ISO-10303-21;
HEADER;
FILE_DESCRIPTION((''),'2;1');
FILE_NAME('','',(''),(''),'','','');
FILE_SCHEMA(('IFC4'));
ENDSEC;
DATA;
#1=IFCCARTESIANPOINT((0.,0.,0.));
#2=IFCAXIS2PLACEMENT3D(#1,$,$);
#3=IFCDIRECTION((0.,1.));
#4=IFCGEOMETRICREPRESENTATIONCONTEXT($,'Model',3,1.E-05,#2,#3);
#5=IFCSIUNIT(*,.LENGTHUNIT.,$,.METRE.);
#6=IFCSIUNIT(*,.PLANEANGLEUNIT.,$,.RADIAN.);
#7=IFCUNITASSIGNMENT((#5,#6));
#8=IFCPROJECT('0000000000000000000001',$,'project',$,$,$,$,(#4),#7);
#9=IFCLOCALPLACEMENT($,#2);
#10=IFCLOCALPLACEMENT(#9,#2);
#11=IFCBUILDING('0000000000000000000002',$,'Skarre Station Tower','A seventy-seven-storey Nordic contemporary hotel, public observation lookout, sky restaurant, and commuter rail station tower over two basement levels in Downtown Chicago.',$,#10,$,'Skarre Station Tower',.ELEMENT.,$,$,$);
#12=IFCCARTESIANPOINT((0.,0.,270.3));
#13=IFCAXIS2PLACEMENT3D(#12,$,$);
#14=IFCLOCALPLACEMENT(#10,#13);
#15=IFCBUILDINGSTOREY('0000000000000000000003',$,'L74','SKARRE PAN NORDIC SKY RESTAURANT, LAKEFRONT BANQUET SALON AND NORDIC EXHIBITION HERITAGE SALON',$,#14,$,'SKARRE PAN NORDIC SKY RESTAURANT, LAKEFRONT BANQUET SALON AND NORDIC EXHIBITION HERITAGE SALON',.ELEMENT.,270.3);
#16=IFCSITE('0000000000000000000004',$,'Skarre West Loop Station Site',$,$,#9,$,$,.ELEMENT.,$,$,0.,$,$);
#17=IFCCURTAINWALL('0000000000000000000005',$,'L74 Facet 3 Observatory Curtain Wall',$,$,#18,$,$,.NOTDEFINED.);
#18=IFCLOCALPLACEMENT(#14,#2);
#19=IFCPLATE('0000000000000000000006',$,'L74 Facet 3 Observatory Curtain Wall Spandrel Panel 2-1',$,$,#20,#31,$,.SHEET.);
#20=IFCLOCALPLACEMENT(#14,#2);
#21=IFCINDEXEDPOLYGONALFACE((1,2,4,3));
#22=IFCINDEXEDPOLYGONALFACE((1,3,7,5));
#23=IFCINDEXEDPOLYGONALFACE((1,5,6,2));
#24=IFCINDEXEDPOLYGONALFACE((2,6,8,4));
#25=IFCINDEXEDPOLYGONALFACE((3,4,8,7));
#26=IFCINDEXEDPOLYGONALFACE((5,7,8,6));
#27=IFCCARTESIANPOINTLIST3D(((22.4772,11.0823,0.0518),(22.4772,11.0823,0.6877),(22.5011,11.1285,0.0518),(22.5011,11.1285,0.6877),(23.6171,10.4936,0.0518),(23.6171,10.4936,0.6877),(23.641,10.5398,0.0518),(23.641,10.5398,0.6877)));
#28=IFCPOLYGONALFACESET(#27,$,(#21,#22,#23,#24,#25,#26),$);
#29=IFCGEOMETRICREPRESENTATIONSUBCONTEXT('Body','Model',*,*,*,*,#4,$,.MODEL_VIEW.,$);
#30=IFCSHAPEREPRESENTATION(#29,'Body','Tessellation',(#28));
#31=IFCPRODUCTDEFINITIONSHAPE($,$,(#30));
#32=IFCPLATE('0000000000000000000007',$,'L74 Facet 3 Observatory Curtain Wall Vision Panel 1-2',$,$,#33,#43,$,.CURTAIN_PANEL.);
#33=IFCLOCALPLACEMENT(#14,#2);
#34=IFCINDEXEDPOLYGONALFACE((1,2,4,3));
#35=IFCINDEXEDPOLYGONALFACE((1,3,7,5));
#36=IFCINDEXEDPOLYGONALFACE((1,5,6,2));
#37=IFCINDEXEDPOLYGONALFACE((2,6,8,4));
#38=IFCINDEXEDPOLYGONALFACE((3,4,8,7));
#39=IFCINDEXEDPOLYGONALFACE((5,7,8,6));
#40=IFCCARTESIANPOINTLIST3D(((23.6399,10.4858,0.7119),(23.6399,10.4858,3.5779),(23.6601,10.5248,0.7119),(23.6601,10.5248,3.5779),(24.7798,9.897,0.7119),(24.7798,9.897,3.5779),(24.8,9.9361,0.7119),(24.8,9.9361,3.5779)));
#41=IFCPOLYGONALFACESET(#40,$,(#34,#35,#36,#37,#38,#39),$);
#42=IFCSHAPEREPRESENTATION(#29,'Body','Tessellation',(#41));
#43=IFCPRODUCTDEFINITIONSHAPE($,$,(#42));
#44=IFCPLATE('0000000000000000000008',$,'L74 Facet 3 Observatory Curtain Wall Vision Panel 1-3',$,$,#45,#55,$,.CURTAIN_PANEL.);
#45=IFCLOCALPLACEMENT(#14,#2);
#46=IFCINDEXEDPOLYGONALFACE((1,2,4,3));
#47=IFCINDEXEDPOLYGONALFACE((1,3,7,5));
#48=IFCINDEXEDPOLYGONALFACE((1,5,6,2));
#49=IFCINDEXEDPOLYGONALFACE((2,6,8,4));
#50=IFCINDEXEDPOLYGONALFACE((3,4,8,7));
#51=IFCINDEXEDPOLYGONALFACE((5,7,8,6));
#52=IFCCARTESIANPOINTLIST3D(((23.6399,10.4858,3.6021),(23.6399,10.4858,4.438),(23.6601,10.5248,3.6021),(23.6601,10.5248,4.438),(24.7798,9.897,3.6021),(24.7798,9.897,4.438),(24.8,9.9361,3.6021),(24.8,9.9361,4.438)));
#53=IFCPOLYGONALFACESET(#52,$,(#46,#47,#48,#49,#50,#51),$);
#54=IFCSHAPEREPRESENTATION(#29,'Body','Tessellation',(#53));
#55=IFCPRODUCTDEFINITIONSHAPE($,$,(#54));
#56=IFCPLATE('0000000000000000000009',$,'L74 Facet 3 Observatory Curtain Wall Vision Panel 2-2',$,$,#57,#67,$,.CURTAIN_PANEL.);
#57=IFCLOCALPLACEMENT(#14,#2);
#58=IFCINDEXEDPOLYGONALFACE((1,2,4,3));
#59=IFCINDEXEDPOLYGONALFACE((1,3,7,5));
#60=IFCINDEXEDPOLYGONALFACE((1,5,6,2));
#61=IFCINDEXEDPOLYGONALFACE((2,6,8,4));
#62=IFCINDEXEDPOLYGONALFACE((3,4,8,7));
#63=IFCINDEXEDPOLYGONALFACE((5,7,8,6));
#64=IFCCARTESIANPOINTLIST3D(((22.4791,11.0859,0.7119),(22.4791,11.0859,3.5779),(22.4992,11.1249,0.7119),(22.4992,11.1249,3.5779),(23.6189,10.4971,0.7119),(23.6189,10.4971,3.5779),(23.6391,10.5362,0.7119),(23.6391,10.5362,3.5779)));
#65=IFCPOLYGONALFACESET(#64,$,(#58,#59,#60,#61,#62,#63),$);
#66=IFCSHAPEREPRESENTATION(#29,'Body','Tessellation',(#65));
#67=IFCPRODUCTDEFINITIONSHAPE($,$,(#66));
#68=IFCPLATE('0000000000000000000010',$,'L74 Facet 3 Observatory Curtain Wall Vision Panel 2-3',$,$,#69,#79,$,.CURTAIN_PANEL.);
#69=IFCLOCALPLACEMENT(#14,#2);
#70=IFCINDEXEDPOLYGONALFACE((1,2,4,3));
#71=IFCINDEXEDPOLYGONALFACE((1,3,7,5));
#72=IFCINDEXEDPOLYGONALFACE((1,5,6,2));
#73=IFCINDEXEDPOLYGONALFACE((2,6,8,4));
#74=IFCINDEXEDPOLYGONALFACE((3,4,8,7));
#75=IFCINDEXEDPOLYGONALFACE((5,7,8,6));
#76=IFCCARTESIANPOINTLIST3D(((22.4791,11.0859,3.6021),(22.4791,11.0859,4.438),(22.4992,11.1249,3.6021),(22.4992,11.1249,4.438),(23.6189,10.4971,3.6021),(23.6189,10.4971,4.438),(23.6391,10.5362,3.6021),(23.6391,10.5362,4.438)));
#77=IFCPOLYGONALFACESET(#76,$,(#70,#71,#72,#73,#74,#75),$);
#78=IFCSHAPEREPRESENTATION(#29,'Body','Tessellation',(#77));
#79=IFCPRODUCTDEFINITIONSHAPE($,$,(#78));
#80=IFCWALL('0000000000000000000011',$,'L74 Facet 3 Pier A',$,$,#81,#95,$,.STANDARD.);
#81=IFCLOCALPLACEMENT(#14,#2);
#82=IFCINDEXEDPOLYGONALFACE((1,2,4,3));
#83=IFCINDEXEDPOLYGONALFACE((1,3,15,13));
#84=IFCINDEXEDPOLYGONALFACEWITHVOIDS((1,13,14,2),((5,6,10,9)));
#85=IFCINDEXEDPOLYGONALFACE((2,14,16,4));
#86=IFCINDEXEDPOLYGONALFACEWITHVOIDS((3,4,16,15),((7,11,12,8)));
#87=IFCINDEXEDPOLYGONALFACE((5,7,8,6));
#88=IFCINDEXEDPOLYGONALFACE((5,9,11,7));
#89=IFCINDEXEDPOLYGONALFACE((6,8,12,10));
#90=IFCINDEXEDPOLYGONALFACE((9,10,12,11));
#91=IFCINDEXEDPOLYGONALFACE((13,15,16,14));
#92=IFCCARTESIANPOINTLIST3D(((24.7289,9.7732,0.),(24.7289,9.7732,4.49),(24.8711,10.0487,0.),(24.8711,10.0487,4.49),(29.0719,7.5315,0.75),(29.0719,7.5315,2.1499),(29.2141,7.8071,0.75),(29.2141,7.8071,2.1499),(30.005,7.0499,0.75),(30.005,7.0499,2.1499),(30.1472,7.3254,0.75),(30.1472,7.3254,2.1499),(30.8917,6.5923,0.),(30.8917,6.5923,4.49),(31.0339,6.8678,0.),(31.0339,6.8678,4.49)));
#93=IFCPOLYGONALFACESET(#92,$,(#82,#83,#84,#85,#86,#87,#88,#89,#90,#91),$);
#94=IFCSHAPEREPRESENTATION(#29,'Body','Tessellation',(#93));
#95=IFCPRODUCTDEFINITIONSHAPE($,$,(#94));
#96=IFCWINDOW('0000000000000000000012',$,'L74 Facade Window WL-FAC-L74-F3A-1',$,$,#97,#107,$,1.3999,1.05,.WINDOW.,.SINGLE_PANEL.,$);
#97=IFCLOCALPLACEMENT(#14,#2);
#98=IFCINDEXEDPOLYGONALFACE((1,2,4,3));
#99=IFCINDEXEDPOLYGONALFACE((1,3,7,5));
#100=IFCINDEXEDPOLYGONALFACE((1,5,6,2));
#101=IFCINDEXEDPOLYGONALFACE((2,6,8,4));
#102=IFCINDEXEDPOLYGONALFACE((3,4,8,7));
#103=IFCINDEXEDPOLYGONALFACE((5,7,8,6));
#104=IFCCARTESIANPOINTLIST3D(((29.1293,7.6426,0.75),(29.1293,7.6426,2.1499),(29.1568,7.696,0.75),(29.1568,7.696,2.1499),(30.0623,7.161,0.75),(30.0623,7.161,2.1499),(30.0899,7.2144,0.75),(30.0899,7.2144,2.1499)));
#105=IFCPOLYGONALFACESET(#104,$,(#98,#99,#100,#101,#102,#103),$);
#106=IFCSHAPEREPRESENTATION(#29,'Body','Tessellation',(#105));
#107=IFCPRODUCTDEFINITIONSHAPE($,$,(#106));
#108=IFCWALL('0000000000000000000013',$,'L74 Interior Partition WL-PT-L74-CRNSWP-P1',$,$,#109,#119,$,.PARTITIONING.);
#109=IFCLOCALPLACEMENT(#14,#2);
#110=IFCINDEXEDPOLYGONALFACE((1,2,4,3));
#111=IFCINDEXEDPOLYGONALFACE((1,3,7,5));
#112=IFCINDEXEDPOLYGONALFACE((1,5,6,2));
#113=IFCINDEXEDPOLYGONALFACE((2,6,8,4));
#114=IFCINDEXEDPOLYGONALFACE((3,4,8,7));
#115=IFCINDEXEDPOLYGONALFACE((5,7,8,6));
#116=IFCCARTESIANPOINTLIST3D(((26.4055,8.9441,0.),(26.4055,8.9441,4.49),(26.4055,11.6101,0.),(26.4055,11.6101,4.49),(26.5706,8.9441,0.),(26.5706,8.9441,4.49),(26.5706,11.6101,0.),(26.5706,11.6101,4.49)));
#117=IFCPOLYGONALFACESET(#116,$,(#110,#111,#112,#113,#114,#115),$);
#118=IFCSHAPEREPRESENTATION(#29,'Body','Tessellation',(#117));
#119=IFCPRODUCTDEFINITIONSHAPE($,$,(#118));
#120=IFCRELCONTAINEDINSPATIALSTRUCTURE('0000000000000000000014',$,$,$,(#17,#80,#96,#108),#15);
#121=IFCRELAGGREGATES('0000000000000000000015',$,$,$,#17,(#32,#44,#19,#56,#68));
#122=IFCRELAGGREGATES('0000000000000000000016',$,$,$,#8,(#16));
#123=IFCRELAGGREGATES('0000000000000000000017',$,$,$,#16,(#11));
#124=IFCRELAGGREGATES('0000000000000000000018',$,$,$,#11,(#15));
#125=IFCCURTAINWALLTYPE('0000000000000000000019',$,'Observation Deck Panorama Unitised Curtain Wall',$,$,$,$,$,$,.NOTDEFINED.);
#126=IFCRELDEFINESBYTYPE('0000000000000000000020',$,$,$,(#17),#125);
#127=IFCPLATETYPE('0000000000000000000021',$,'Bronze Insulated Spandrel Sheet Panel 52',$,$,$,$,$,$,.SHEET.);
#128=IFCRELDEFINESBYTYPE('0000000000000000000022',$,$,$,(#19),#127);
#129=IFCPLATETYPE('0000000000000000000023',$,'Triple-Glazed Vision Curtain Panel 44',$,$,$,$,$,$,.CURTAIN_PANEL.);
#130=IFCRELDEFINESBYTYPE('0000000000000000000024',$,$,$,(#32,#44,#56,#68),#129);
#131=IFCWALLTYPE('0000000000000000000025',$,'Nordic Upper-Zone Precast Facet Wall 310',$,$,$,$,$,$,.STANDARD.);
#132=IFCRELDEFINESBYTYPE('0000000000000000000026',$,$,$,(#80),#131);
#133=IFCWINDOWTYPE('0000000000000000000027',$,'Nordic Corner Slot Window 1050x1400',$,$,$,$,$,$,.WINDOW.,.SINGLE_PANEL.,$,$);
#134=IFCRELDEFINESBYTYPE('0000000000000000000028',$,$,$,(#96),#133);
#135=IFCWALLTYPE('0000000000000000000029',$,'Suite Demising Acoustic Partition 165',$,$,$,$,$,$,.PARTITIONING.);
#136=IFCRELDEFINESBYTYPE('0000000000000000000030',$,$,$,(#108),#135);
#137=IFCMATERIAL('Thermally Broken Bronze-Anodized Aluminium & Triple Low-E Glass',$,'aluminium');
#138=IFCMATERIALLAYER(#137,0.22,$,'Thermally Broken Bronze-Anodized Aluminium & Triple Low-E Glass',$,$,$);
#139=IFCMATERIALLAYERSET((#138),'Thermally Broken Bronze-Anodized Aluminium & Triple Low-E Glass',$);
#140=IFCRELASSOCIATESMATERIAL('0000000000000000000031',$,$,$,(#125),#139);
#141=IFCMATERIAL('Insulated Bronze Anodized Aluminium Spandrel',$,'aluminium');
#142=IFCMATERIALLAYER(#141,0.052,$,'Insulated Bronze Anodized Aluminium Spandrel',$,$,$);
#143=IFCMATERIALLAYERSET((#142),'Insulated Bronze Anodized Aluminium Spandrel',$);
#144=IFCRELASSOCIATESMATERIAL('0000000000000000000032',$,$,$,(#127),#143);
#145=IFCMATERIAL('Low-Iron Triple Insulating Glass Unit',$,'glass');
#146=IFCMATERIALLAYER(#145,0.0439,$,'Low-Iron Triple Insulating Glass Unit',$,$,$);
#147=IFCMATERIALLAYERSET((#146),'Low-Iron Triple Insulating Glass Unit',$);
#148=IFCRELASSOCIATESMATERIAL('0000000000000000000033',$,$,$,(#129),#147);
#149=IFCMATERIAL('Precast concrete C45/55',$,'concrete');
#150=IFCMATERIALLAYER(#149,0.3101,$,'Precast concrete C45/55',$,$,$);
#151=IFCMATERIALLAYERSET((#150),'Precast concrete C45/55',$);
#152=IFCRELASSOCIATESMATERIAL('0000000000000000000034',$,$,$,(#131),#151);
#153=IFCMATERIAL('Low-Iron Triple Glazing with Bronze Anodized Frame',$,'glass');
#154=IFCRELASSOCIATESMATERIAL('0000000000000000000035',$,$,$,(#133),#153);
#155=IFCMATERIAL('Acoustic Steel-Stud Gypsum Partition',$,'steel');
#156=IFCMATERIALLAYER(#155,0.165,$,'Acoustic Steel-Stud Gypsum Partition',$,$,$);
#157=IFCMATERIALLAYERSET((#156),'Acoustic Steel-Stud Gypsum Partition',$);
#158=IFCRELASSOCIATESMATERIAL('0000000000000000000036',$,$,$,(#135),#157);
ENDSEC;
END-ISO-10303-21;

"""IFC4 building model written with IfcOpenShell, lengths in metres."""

from ifc_helpers import new_model, si_unit, direction, frame, frame_2d, origin, origin_2d, place, context, subcontext, project, spatial, rectangle, extrude, material, layer, layer_set, type_object, element, fill, aggregate, save


model = new_model("IFC4")

# Units and contexts
model_context = context("Model", 3, precision=1e-05, world=origin(), true_north=direction((0.0, 1.0)))
body_context = subcontext(model_context, "Body", "Model", "MODEL_VIEW")
ifc_project = project(units=[si_unit("LENGTHUNIT", "METRE"), si_unit("PLANEANGLEUNIT", "RADIAN")], contexts=[model_context])

# Site, building, storey
site_placement = place(None, origin())
site = spatial("IfcSite", under=ifc_project, at=site_placement, Name="Skarre West Loop Station Site", CompositionType="ELEMENT", RefElevation=0.0)
building_placement = place(site_placement, origin())
building = spatial("IfcBuilding", under=site, at=building_placement, Name="Skarre Station Tower", Description="A seventy-seven-storey Nordic contemporary hotel, public observation lookout, sky restaurant, and commuter rail station tower over two basement levels in Downtown Chicago.", LongName="Skarre Station Tower", CompositionType="ELEMENT")
storey_placement = place(building_placement, frame((0.0, 0.0, 270.3)))
storey = spatial("IfcBuildingStorey", under=building, at=storey_placement, Name="L74", Description="SKARRE PAN NORDIC SKY RESTAURANT, LAKEFRONT BANQUET SALON AND NORDIC EXHIBITION HERITAGE SALON", LongName="SKARRE PAN NORDIC SKY RESTAURANT, LAKEFRONT BANQUET SALON AND NORDIC EXHIBITION HERITAGE SALON", CompositionType="ELEMENT", Elevation=270.3)

# Curtain wall
ifc_material_1 = material(Name="Thermally Broken Bronze-Anodized Aluminium & Triple Low-E Glass", Category="aluminium")
ifc_layer_1 = layer(ifc_material_1, 0.22, Name="Thermally Broken Bronze-Anodized Aluminium & Triple Low-E Glass")
ifc_layer_set_1 = layer_set([ifc_layer_1], Name="Thermally Broken Bronze-Anodized Aluminium & Triple Low-E Glass")
curtain_wall_type = type_object("IfcCurtainWallType", Name="Observation Deck Panorama Unitised Curtain Wall", PredefinedType="NOTDEFINED", material=ifc_layer_set_1)
curtain_wall_placement = place(storey_placement, origin())
curtain_wall = element("IfcCurtainWall", 1, at=curtain_wall_placement, inside=storey, type_object=curtain_wall_type, Name="L74 Facet 3 Observatory Curtain Wall", PredefinedType="NOTDEFINED")

# Plates
ifc_material_2 = material(Name="Insulated Bronze Anodized Aluminium Spandrel", Category="aluminium")
ifc_layer_2 = layer(ifc_material_2, 0.052, Name="Insulated Bronze Anodized Aluminium Spandrel")
ifc_layer_set_2 = layer_set([ifc_layer_2], Name="Insulated Bronze Anodized Aluminium Spandrel")
plate_type_1 = type_object("IfcPlateType", Name="Bronze Insulated Spandrel Sheet Panel 52", PredefinedType="SHEET", material=ifc_layer_set_2)
plate_1_placement = place(storey_placement, frame((23.0591, 10.811, 0.0518), z_axis=(0.0, 0.0, 1.0), x_axis=(-0.888481, 0.458913, 0.0)))
plate_1 = element("IfcPlate", 2, at=plate_1_placement, type_object=plate_type_1, Name="L74 Facet 3 Observatory Curtain Wall Spandrel Panel 2-1", PredefinedType="SHEET", context=body_context, shape_type="SweptSolid", body=[
    extrude(rectangle(XDim=1.283, YDim=0.052, at=origin_2d()), origin(), (0.0, 0.0, 1.0), 0.636),
])
ifc_material_3 = material(Name="Low-Iron Triple Insulating Glass Unit", Category="glass")
ifc_layer_3 = layer(ifc_material_3, 0.0439, Name="Low-Iron Triple Insulating Glass Unit")
ifc_layer_set_3 = layer_set([ifc_layer_3], Name="Low-Iron Triple Insulating Glass Unit")
plate_type_2 = type_object("IfcPlateType", Name="Triple-Glazed Vision Curtain Panel 44", PredefinedType="CURTAIN_PANEL", material=ifc_layer_set_3)
plate_2_placement = place(storey_placement, frame((24.22, 10.2109, 0.7119), z_axis=(0.0, 0.0, 1.0), x_axis=(-0.888481, 0.458913, 0.0)))
plate_2 = element("IfcPlate", 3, at=plate_2_placement, type_object=plate_type_2, Name="L74 Facet 3 Observatory Curtain Wall Vision Panel 1-2", PredefinedType="CURTAIN_PANEL", context=body_context, shape_type="SweptSolid", body=[
    extrude(rectangle(XDim=1.283, YDim=0.0439, at=origin_2d()), origin(), (0.0, 0.0, 1.0), 2.866),
])
plate_3_placement = place(storey_placement, frame((24.22, 10.2109, 3.6021), z_axis=(0.0, 0.0, 1.0), x_axis=(-0.888481, 0.458913, 0.0)))
plate_3 = element("IfcPlate", 4, at=plate_3_placement, type_object=plate_type_2, Name="L74 Facet 3 Observatory Curtain Wall Vision Panel 1-3", PredefinedType="CURTAIN_PANEL", context=body_context, shape_type="SweptSolid", body=[
    extrude(rectangle(XDim=1.283, YDim=0.0439, at=origin_2d()), origin(), (0.0, 0.0, 1.0), 0.8359),
])
plate_4_placement = place(storey_placement, frame((23.0591, 10.811, 0.7119), z_axis=(0.0, 0.0, 1.0), x_axis=(-0.888481, 0.458913, 0.0)))
plate_4 = element("IfcPlate", 5, at=plate_4_placement, type_object=plate_type_2, Name="L74 Facet 3 Observatory Curtain Wall Vision Panel 2-2", PredefinedType="CURTAIN_PANEL", context=body_context, shape_type="SweptSolid", body=[
    extrude(rectangle(XDim=1.283, YDim=0.0439, at=origin_2d()), origin(), (0.0, 0.0, 1.0), 2.866),
])
plate_5_placement = place(storey_placement, frame((23.0591, 10.811, 3.6021), z_axis=(0.0, 0.0, 1.0), x_axis=(-0.888481, 0.458913, 0.0)))
plate_5 = element("IfcPlate", 6, at=plate_5_placement, type_object=plate_type_2, Name="L74 Facet 3 Observatory Curtain Wall Vision Panel 2-3", PredefinedType="CURTAIN_PANEL", context=body_context, shape_type="SweptSolid", body=[
    extrude(rectangle(XDim=1.283, YDim=0.0439, at=origin_2d()), origin(), (0.0, 0.0, 1.0), 0.8359),
])
aggregate(curtain_wall, [plate_2, plate_3, plate_1, plate_4, plate_5])

# Wall, opening, window
ifc_material_4 = material(Name="Precast concrete C45/55", Category="concrete")
ifc_layer_4 = layer(ifc_material_4, 0.3101, Name="Precast concrete C45/55")
ifc_layer_set_4 = layer_set([ifc_layer_4], Name="Precast concrete C45/55")
wall_type_1 = type_object("IfcWallType", Name="Nordic Upper-Zone Precast Facet Wall 310", PredefinedType="STANDARD", material=ifc_layer_set_4)
wall_1_placement = place(storey_placement, frame((30.9629, 6.73, 0.0), z_axis=(0.0, 0.0, 1.0), x_axis=(-0.888616, 0.458653, 0.0)))
wall_1 = element("IfcWall", 7, at=wall_1_placement, inside=storey, type_object=wall_type_1, Name="L74 Facet 3 Pier A", PredefinedType="STANDARD", context=body_context, shape_type="SweptSolid", body=[
    extrude(rectangle(XDim=6.9353, YDim=0.3101, at=frame_2d((3.4678, 0.0))), origin(), (0.0, 0.0, 1.0), 4.49),
])
opening_placement = place(wall_1_placement, frame((0.998, 0.0, 0.75)))
opening = element("IfcOpeningElement", 8, at=opening_placement, cuts=wall_1, PredefinedType="OPENING", context=body_context, shape_type="SweptSolid", body=[
    extrude(rectangle(XDim=1.05, YDim=1.3999, at=frame_2d((0.5249, 0.7))), frame((0.0, 0.165, 0.0), z_axis=(0.0, -1.0, 0.0), x_axis=(1.0, 0.0, 0.0)), (0.0, 0.0, 1.0), 0.3301),
])
ifc_material_5 = material(Name="Low-Iron Triple Glazing with Bronze Anodized Frame", Category="glass")
window_type = type_object("IfcWindowType", Name="Nordic Corner Slot Window 1050x1400", PartitioningType="SINGLE_PANEL", PredefinedType="WINDOW", material=ifc_material_5)
window_placement = place(opening_placement, origin())
window = element("IfcWindow", 9, at=window_placement, inside=storey, type_object=window_type, Name="L74 Facade Window WL-FAC-L74-F3A-1", OverallHeight=1.3999, OverallWidth=1.05, PartitioningType="SINGLE_PANEL", PredefinedType="WINDOW", context=body_context, shape_type="SweptSolid", body=[
    extrude(rectangle(XDim=1.05, YDim=1.3999, at=frame_2d((0.5249, 0.7))), frame((0.0, 0.03, 0.0), z_axis=(0.0, -1.0, 0.0), x_axis=(1.0, 0.0, 0.0)), (0.0, 0.0, 1.0), 0.0601),
])
fill(opening, window)

# Wall
ifc_material_6 = material(Name="Acoustic Steel-Stud Gypsum Partition", Category="steel")
ifc_layer_5 = layer(ifc_material_6, 0.165, Name="Acoustic Steel-Stud Gypsum Partition")
ifc_layer_set_5 = layer_set([ifc_layer_5], Name="Acoustic Steel-Stud Gypsum Partition")
wall_type_2 = type_object("IfcWallType", Name="Suite Demising Acoustic Partition 165", PredefinedType="PARTITIONING", material=ifc_layer_set_5)
wall_2_placement = place(storey_placement, frame((26.488, 8.9441, 0.0), z_axis=(0.0, 0.0, 1.0), x_axis=(0.0, 1.0, 0.0)))
element("IfcWall", 10, at=wall_2_placement, inside=storey, type_object=wall_type_2, Name="L74 Interior Partition WL-PT-L74-CRNSWP-P1", PredefinedType="PARTITIONING", context=body_context, shape_type="SweptSolid", body=[
    extrude(rectangle(XDim=2.666, YDim=0.165, at=frame_2d((1.333, 0.0))), origin(), (0.0, 0.0, 1.0), 4.49),
])

save(model, "model.ifc")
